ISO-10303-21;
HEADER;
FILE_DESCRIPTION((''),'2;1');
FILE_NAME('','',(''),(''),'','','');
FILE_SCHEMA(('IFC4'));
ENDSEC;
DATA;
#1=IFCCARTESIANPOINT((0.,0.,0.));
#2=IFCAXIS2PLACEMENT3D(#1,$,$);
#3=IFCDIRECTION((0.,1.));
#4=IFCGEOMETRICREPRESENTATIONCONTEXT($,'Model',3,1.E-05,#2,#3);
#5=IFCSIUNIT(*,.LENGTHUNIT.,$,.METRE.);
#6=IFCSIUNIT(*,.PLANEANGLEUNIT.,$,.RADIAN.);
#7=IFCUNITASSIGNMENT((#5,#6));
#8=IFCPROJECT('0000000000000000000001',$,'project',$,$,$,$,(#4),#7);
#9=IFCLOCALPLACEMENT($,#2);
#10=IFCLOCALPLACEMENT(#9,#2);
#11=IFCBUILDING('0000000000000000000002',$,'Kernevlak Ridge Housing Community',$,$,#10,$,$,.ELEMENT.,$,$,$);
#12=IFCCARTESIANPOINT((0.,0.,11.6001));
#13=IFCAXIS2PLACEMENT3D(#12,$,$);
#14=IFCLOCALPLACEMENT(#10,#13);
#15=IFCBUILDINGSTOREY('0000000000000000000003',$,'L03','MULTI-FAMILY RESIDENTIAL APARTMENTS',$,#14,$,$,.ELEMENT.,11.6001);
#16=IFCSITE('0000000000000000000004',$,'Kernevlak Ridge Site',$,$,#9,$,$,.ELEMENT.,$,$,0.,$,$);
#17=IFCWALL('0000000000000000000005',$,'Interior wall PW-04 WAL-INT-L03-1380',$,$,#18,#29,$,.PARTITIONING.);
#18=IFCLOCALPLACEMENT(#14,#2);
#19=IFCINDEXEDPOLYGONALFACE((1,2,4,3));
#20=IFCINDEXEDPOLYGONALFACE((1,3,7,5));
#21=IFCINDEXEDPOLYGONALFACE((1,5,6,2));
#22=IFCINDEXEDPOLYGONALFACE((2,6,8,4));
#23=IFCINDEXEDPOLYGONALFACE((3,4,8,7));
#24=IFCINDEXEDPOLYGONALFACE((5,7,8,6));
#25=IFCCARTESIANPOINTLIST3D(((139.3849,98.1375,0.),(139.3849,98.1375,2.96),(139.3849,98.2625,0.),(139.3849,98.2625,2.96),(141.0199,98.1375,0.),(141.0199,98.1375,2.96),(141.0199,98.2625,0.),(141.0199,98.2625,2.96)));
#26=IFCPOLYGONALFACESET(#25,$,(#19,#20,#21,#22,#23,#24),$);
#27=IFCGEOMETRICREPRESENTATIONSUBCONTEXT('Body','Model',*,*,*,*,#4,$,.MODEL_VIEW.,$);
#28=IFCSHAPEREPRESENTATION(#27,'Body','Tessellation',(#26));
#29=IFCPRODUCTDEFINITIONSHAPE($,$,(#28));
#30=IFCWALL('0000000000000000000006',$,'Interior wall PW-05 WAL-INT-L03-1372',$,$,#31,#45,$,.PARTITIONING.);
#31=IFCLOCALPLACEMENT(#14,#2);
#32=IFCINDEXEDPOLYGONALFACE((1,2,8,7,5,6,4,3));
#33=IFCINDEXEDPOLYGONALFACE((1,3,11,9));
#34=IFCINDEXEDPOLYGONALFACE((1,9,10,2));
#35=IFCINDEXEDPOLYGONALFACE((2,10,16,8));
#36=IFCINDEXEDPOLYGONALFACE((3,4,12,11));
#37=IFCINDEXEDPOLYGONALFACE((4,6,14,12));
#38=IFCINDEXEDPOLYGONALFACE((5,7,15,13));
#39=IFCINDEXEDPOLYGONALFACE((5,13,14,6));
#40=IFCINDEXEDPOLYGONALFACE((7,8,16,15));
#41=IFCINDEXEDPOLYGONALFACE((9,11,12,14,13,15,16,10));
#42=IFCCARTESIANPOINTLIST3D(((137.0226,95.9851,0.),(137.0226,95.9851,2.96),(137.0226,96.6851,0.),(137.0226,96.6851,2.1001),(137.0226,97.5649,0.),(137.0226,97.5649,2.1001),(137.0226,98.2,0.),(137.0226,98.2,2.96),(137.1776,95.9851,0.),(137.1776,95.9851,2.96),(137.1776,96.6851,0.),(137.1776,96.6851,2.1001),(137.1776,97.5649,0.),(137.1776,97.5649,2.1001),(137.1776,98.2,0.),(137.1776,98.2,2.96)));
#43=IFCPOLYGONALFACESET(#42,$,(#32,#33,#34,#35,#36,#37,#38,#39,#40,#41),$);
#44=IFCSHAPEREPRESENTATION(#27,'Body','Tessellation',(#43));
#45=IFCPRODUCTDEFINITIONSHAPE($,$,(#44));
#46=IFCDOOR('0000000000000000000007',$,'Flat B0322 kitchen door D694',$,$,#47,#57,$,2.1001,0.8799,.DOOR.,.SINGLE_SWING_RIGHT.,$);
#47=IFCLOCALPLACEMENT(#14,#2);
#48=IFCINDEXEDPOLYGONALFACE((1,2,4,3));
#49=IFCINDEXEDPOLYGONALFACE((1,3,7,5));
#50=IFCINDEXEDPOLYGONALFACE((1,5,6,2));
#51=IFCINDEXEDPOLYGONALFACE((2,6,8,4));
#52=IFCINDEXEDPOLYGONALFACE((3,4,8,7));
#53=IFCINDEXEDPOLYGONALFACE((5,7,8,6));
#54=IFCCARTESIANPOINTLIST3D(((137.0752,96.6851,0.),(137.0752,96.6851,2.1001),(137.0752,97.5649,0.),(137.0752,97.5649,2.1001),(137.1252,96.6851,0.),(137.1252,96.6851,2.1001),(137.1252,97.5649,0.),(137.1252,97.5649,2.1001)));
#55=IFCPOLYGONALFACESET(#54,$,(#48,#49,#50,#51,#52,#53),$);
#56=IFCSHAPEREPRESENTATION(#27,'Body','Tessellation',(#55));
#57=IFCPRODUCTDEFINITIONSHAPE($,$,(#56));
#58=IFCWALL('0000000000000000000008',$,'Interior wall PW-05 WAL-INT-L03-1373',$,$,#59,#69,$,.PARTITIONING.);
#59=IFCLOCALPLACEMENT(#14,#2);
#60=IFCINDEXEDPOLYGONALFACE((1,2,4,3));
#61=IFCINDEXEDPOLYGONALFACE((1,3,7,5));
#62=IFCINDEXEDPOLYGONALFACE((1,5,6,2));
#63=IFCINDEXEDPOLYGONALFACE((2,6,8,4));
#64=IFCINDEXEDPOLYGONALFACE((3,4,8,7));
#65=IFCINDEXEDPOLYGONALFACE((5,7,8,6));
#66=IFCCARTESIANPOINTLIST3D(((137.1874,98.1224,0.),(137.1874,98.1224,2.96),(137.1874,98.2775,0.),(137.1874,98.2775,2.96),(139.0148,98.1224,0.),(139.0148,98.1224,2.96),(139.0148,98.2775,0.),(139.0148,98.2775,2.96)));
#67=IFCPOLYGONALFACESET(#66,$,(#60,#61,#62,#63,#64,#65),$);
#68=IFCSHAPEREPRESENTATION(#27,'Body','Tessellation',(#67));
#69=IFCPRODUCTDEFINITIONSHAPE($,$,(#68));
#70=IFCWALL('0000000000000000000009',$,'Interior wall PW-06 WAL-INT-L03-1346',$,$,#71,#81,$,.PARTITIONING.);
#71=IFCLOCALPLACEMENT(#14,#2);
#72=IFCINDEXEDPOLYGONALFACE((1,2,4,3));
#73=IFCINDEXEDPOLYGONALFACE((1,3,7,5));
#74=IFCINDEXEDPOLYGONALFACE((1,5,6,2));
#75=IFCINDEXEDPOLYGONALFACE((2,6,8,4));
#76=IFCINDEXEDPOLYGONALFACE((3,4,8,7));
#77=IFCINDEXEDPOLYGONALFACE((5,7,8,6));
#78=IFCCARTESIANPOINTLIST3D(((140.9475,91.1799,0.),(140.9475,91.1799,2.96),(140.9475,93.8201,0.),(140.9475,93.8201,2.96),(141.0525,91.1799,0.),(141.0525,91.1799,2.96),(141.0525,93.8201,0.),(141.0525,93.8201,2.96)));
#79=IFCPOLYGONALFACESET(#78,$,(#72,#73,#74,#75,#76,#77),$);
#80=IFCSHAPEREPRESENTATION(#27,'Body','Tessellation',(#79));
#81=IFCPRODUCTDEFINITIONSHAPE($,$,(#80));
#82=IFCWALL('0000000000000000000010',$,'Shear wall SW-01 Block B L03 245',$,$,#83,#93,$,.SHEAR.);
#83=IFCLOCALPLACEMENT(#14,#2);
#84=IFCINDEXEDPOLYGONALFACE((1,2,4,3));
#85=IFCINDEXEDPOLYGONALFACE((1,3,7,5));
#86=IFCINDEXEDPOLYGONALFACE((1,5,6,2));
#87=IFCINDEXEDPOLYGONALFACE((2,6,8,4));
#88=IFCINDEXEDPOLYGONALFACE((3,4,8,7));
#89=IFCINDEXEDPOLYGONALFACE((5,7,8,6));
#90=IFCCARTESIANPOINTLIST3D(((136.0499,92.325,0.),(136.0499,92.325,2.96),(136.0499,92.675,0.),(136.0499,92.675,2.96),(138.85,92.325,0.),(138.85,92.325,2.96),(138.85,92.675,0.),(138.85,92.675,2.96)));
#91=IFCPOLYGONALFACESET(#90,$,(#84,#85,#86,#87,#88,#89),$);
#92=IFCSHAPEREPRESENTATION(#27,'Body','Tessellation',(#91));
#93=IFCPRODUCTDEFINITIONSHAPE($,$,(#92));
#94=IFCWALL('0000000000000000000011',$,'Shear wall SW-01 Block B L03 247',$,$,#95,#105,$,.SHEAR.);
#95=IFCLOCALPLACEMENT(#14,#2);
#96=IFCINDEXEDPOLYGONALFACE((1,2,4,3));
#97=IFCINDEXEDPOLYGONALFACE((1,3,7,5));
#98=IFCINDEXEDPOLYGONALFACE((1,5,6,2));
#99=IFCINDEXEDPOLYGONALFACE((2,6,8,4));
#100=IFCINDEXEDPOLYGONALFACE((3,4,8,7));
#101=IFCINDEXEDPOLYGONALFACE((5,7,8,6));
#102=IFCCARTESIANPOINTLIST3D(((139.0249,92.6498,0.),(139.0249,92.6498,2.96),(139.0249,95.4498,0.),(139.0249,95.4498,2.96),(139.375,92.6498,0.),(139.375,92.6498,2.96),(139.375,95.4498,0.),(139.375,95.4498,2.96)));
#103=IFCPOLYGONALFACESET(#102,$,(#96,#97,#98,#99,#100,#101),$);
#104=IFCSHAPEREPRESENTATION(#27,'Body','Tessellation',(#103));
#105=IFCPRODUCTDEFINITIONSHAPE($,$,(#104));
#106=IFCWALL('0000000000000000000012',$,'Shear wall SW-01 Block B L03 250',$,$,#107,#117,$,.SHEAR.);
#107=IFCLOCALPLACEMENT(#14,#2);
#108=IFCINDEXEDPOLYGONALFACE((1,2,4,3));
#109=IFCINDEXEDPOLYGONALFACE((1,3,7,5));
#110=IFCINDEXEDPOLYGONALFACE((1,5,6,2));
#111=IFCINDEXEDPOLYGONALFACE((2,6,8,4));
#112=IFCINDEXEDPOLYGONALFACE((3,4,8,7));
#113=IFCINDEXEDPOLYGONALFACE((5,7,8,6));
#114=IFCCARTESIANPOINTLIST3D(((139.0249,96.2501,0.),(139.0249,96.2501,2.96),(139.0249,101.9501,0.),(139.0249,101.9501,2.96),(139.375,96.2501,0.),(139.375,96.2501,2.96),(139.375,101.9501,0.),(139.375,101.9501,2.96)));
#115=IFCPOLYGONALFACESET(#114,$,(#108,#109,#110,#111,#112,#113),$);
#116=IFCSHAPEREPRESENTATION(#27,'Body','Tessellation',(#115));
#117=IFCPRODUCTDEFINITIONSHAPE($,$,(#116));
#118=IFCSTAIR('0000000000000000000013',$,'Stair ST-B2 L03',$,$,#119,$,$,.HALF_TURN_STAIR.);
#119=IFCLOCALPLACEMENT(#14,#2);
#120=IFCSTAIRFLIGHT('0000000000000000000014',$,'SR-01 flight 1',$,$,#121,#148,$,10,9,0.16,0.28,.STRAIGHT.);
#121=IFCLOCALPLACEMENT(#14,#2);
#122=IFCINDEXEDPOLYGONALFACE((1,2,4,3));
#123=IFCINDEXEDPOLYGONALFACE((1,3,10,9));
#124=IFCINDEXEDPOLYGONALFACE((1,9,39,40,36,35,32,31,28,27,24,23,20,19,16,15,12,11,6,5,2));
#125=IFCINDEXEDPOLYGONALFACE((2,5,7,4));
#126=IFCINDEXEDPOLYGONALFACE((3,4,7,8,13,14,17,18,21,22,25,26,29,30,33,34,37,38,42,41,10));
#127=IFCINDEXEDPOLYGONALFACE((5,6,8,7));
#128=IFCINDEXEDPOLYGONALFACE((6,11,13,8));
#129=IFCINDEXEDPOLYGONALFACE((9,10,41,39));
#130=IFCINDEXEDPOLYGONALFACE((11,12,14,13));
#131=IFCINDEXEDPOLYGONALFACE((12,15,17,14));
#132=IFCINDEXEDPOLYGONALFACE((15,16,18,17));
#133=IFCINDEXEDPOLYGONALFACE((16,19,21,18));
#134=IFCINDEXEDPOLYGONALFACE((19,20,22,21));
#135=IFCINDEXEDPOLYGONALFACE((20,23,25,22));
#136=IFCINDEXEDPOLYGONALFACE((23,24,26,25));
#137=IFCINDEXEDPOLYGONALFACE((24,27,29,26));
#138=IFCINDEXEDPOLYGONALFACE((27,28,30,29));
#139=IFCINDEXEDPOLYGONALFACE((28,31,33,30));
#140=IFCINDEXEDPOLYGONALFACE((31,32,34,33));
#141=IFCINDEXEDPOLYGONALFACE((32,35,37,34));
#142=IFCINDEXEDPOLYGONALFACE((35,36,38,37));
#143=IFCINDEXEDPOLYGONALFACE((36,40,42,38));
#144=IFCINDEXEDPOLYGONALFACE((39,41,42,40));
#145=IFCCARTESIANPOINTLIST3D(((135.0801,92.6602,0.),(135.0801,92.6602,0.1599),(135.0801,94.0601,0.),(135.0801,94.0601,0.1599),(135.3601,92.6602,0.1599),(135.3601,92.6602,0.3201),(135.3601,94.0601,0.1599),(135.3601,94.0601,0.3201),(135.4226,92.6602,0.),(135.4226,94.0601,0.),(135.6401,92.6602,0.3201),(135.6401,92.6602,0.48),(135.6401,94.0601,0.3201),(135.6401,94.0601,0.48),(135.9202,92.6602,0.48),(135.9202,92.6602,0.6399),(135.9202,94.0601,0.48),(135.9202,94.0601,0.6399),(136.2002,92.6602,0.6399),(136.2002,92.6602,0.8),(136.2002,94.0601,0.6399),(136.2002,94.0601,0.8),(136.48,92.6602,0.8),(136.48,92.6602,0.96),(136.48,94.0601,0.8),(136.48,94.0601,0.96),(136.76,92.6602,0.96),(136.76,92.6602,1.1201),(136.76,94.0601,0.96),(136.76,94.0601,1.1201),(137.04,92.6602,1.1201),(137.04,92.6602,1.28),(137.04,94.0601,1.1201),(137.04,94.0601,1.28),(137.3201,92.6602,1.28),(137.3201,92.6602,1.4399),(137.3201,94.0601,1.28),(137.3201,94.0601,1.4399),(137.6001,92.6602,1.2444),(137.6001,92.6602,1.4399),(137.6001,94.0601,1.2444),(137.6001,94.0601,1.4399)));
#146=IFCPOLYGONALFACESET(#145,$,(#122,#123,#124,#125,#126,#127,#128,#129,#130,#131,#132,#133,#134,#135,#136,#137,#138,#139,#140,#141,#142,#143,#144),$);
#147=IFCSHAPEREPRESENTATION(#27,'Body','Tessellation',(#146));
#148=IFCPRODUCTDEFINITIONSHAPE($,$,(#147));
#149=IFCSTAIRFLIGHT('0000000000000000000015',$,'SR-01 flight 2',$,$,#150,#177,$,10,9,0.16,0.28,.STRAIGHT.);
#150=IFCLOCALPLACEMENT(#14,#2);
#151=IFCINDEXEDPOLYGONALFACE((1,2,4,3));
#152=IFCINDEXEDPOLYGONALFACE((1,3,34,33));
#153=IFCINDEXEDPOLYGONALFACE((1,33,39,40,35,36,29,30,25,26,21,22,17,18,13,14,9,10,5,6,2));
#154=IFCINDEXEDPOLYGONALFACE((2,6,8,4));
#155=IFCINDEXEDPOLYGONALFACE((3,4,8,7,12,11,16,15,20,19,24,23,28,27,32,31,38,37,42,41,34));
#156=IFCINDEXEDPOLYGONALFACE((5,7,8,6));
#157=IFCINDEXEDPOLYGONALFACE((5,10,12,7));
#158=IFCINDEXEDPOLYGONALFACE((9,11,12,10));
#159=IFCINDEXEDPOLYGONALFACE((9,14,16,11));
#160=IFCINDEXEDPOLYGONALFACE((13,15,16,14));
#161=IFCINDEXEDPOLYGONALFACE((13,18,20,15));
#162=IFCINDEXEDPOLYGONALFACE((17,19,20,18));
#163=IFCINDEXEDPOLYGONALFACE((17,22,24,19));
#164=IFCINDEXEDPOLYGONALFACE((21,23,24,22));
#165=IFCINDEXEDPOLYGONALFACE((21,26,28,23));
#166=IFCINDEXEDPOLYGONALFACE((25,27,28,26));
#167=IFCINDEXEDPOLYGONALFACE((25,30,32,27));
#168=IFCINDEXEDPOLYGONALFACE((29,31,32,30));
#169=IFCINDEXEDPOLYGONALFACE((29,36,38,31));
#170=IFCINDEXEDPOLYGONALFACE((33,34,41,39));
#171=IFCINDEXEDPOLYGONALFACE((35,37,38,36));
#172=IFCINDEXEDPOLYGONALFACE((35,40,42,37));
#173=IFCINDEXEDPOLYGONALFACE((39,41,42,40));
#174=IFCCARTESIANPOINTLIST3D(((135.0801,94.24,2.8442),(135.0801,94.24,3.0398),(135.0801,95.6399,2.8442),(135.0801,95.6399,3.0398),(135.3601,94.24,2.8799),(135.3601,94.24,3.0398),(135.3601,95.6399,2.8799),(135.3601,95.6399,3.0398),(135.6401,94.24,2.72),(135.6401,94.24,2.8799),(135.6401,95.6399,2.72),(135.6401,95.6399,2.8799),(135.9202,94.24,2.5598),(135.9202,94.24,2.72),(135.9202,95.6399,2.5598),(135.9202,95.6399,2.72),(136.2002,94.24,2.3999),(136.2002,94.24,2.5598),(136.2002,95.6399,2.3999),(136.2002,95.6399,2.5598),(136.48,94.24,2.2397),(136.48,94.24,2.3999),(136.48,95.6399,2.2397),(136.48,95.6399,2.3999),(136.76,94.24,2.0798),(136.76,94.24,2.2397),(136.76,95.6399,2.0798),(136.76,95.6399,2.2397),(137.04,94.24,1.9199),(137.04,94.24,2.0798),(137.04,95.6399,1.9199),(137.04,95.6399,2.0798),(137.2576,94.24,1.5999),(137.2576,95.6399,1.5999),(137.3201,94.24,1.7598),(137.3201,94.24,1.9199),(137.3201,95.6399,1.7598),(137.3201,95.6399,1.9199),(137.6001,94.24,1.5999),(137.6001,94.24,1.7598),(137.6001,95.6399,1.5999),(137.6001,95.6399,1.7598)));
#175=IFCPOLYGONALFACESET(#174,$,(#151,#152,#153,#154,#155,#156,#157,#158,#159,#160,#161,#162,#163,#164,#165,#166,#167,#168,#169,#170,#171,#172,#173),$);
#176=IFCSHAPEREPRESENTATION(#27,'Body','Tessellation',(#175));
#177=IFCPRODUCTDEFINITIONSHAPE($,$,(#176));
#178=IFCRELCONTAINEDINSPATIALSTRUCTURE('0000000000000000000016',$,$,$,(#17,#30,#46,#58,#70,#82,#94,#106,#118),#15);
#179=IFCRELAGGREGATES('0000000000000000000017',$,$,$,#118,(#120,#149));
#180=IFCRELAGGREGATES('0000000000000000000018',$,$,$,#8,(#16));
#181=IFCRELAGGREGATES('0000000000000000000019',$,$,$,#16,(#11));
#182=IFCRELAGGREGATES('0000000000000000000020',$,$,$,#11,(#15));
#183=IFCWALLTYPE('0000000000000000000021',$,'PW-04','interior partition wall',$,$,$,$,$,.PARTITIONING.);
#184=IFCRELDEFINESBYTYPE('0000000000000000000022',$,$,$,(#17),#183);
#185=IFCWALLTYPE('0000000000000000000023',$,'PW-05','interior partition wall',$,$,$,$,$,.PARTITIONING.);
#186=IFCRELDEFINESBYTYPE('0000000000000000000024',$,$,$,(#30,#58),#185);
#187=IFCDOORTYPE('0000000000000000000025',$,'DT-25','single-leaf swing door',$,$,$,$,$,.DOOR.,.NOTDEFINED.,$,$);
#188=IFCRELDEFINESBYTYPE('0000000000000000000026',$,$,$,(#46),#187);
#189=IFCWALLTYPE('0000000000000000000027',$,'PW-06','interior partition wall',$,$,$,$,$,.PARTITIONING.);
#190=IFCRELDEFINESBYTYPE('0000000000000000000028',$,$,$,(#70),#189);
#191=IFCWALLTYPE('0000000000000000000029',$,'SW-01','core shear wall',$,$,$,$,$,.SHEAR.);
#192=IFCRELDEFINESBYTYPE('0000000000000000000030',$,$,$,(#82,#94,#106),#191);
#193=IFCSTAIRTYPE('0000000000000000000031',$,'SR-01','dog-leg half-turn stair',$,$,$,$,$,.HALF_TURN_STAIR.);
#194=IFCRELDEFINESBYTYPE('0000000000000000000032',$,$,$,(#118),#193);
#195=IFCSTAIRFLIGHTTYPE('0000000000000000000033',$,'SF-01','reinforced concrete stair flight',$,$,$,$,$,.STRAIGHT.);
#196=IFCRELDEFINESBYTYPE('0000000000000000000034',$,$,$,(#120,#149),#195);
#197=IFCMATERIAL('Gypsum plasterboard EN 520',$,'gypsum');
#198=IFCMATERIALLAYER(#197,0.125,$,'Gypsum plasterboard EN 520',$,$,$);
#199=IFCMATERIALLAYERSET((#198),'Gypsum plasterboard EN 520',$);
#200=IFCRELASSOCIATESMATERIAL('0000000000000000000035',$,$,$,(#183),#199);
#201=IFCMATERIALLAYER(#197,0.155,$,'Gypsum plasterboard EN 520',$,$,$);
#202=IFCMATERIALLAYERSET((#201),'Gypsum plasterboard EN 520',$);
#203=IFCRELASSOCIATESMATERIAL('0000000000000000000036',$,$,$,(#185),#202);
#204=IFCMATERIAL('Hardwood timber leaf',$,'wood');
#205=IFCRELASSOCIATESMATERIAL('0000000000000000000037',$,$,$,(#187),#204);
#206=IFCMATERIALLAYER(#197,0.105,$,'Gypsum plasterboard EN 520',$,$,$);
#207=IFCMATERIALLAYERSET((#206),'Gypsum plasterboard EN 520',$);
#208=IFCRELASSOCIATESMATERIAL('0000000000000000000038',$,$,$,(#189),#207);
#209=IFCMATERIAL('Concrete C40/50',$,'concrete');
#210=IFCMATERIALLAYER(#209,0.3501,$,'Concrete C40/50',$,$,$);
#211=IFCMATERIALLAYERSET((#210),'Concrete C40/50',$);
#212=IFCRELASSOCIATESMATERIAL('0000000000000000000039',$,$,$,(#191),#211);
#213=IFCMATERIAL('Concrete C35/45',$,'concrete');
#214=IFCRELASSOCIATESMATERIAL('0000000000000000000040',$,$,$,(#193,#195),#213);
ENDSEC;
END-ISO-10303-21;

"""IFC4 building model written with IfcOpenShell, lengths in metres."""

from ifc_helpers import new_model, si_unit, direction, frame, frame_2d, origin, place, context, subcontext, project, spatial, polyline, rectangle, outline, extrude, material, layer, layer_set, type_object, element, fill, aggregate, save


model = new_model("IFC4")

# Units and contexts
model_context = context("Model", 3, precision=1e-05, world=origin(), true_north=direction((0.0, 1.0)))
body_context = subcontext(model_context, "Body", "Model", "MODEL_VIEW")
ifc_project = project(units=[si_unit("LENGTHUNIT", "METRE"), si_unit("PLANEANGLEUNIT", "RADIAN")], contexts=[model_context])

# Site, building, storey
site_placement = place(None, origin())
site = spatial("IfcSite", under=ifc_project, at=site_placement, Name="Kernevlak Ridge Site", CompositionType="ELEMENT", RefElevation=0.0)
building_placement = place(site_placement, origin())
building = spatial("IfcBuilding", under=site, at=building_placement, Name="Kernevlak Ridge Housing Community", CompositionType="ELEMENT")
storey_placement = place(building_placement, frame((0.0, 0.0, 11.6001)))
storey = spatial("IfcBuildingStorey", under=building, at=storey_placement, Name="L03", Description="MULTI-FAMILY RESIDENTIAL APARTMENTS", CompositionType="ELEMENT", Elevation=11.6001)

# Shared definitions
ifc_material_1 = material(Name="Concrete C40/50", Category="concrete")

# Shared definitions
ifc_material_2 = material(Name="Concrete C35/45", Category="concrete")

# Shared definitions
ifc_material_3 = material(Name="Gypsum plasterboard EN 520", Category="gypsum")
ifc_layer_1 = layer(ifc_material_3, 0.125, Name="Gypsum plasterboard EN 520")
ifc_layer_set_1 = layer_set([ifc_layer_1], Name="Gypsum plasterboard EN 520")
wall_type_1 = type_object("IfcWallType", Name="PW-04", Description="interior partition wall", PredefinedType="PARTITIONING", material=ifc_layer_set_1)

# Wall
wall_1_placement = place(storey_placement, frame((139.385, 98.2, 0.0), z_axis=(0.0, 0.0, 1.0), x_axis=(1.0, 0.0, 0.0)))
element("IfcWall", 1, at=wall_1_placement, inside=storey, type_object=wall_type_1, Name="Interior wall PW-04 WAL-INT-L03-1380", PredefinedType="PARTITIONING", context=body_context, shape_type="SweptSolid", body=[
    extrude(rectangle(XDim=1.635, YDim=0.125, at=frame_2d((0.8174, 0.0))), origin(), (0.0, 0.0, 1.0), 2.96),
])

# Wall, opening, door
ifc_layer_2 = layer(ifc_material_3, 0.155, Name="Gypsum plasterboard EN 520")
ifc_layer_set_2 = layer_set([ifc_layer_2], Name="Gypsum plasterboard EN 520")
wall_type_2 = type_object("IfcWallType", Name="PW-05", Description="interior partition wall", PredefinedType="PARTITIONING", material=ifc_layer_set_2)
wall_2_placement = place(storey_placement, frame((137.1001, 95.9851, 0.0), z_axis=(0.0, 0.0, 1.0), x_axis=(0.0, 1.0, 0.0)))
wall_2 = element("IfcWall", 2, at=wall_2_placement, inside=storey, type_object=wall_type_2, Name="Interior wall PW-05 WAL-INT-L03-1372", PredefinedType="PARTITIONING", context=body_context, shape_type="SweptSolid", body=[
    extrude(rectangle(XDim=2.2148, YDim=0.155, at=frame_2d((1.1074, 0.0))), origin(), (0.0, 0.0, 1.0), 2.96),
])
opening_1_placement = place(wall_2_placement, frame((0.7, 0.0, 0.0)))
opening_1 = element("IfcOpeningElement", 3, at=opening_1_placement, cuts=wall_2, PredefinedType="OPENING", context=body_context, shape_type="SweptSolid", body=[
    extrude(rectangle(XDim=0.8799, YDim=2.1001, at=frame_2d((0.4399, 1.05))), frame((0.0, 0.0874, 0.0), z_axis=(0.0, -1.0, 0.0), x_axis=(1.0, 0.0, 0.0)), (0.0, 0.0, 1.0), 0.175),
])
ifc_material_4 = material(Name="Hardwood timber leaf", Category="wood")
door_type_1 = type_object("IfcDoorType", Name="DT-25", Description="single-leaf swing door", OperationType="NOTDEFINED", PredefinedType="DOOR", material=ifc_material_4)
door_1_placement = place(opening_1_placement, origin())
door_1 = element("IfcDoor", 4, at=door_1_placement, inside=storey, type_object=door_type_1, Name="Flat B0322 kitchen door D694", OperationType="SINGLE_SWING_RIGHT", OverallHeight=2.1001, OverallWidth=0.8799, PredefinedType="DOOR", context=body_context, shape_type="SweptSolid", body=[
    extrude(rectangle(XDim=0.8799, YDim=2.1001, at=frame_2d((0.4399, 1.05))), frame((0.0, 0.0249, 0.0), z_axis=(0.0, -1.0, 0.0), x_axis=(1.0, 0.0, 0.0)), (0.0, 0.0, 1.0), 0.05),
])
fill(opening_1, door_1)

# Walls
wall_3_placement = place(storey_placement, frame((137.1875, 98.2, 0.0), z_axis=(0.0, 0.0, 1.0), x_axis=(1.0, 0.0, 0.0)))
element("IfcWall", 5, at=wall_3_placement, inside=storey, type_object=wall_type_2, Name="Interior wall PW-05 WAL-INT-L03-1373", PredefinedType="PARTITIONING", context=body_context, shape_type="SweptSolid", body=[
    extrude(rectangle(XDim=1.8274, YDim=0.155, at=frame_2d((0.9136, 0.0))), origin(), (0.0, 0.0, 1.0), 2.96),
])
ifc_layer_3 = layer(ifc_material_3, 0.105, Name="Gypsum plasterboard EN 520")
ifc_layer_set_3 = layer_set([ifc_layer_3], Name="Gypsum plasterboard EN 520")
wall_type_3 = type_object("IfcWallType", Name="PW-06", Description="interior partition wall", PredefinedType="PARTITIONING", material=ifc_layer_set_3)
wall_4_placement = place(storey_placement, frame((141.0, 91.1799, 0.0), z_axis=(0.0, 0.0, 1.0), x_axis=(0.0, 1.0, 0.0)))
element("IfcWall", 6, at=wall_4_placement, inside=storey, type_object=wall_type_3, Name="Interior wall PW-06 WAL-INT-L03-1346", PredefinedType="PARTITIONING", context=body_context, shape_type="SweptSolid", body=[
    extrude(rectangle(XDim=2.6401, YDim=0.105, at=frame_2d((1.3201, 0.0))), origin(), (0.0, 0.0, 1.0), 2.96),
])
ifc_layer_4 = layer(ifc_material_1, 0.3501, Name="Concrete C40/50")
ifc_layer_set_4 = layer_set([ifc_layer_4], Name="Concrete C40/50")
wall_type_4 = type_object("IfcWallType", Name="SW-01", Description="core shear wall", PredefinedType="SHEAR", material=ifc_layer_set_4)
for number, where, z_axis, x_axis, name in (
    (7, (136.05, 92.5, 0.0), (0.0, 0.0, 1.0), (1.0, 0.0, 0.0), "Shear wall SW-01 Block B L03 245"),
    (8, (139.2, 92.6499, 0.0), (0.0, 0.0, 1.0), (0.0, 1.0, 0.0), "Shear wall SW-01 Block B L03 247"),
):
    element("IfcWall", number, at=place(storey_placement, frame(where, z_axis=z_axis, x_axis=x_axis)), inside=storey, type_object=wall_type_4, Name=name, PredefinedType="SHEAR", context=body_context, shape_type="SweptSolid", body=[
        extrude(rectangle(XDim=2.8, YDim=0.3501, at=frame_2d((1.3999, 0.0))), origin(), (0.0, 0.0, 1.0), 2.96),
    ])
wall_5_placement = place(storey_placement, frame((139.2, 96.25, 0.0), z_axis=(0.0, 0.0, 1.0), x_axis=(0.0, 1.0, 0.0)))
element("IfcWall", 9, at=wall_5_placement, inside=storey, type_object=wall_type_4, Name="Shear wall SW-01 Block B L03 250", PredefinedType="SHEAR", context=body_context, shape_type="SweptSolid", body=[
    extrude(rectangle(XDim=5.7, YDim=0.3501, at=frame_2d((2.8501, 0.0))), origin(), (0.0, 0.0, 1.0), 2.96),
])

# Stair, stair flights
stair_type = type_object("IfcStairType", Name="SR-01", Description="dog-leg half-turn stair", PredefinedType="HALF_TURN_STAIR", material=ifc_material_2)
stair_placement = place(storey_placement, origin())
stair = element("IfcStair", 10, at=stair_placement, inside=storey, type_object=stair_type, Name="Stair ST-B2 L03", PredefinedType="HALF_TURN_STAIR")
stair_flight_type = type_object("IfcStairFlightType", Name="SF-01", Description="reinforced concrete stair flight", PredefinedType="STRAIGHT", material=ifc_material_2)
stair_flight_1_placement = place(storey_placement, frame((135.0801, 93.3601, 0.0), z_axis=(0.0, 0.0, 1.0), x_axis=(1.0, 0.0, 0.0)))
stair_flight_1 = element("IfcStairFlight", 11, at=stair_flight_1_placement, type_object=stair_flight_type, Name="SR-01 flight 1", NumberOfRisers=10, NumberOfTreads=9, PredefinedType="STRAIGHT", RiserHeight=0.16, TreadLength=0.28, context=body_context, shape_type="SweptSolid", body=[
    extrude(outline(polyline([(0.0, 0.0), (0.0, 0.1599), (0.28, 0.1599), (0.28, 0.3201), (0.5601, 0.3201), (0.5601, 0.48), (0.8401, 0.48), (0.8401, 0.6399), (1.1201, 0.6399), (1.1201, 0.8), (1.3999, 0.8), (1.3999, 0.96), (1.6799, 0.96), (1.6799, 1.1201), (1.96, 1.1201), (1.96, 1.28), (2.24, 1.28), (2.24, 1.4399), (2.52, 1.4399), (2.52, 1.6001), (2.52, 1.2444), (0.3425, 0.0), (0.0, 0.0)])), frame((0.0, 0.7, 0.0), z_axis=(0.0, -1.0, 0.0), x_axis=(1.0, 0.0, 0.0)), (0.0, 0.0, 1.0), 1.3999),
])
stair_flight_2_placement = place(storey_placement, frame((137.6001, 94.9399, 1.5999), z_axis=(0.0, 0.0, 1.0), x_axis=(-1.0, 0.0, 0.0)))
stair_flight_2 = element("IfcStairFlight", 12, at=stair_flight_2_placement, type_object=stair_flight_type, Name="SR-01 flight 2", NumberOfRisers=10, NumberOfTreads=9, PredefinedType="STRAIGHT", RiserHeight=0.16, TreadLength=0.28, context=body_context, shape_type="SweptSolid", body=[
    extrude(outline(polyline([(0.0, 0.0), (0.0, 0.1599), (0.28, 0.1599), (0.28, 0.3201), (0.5601, 0.3201), (0.5601, 0.48), (0.8401, 0.48), (0.8401, 0.6399), (1.1201, 0.6399), (1.1201, 0.8), (1.3999, 0.8), (1.3999, 0.96), (1.6799, 0.96), (1.6799, 1.1201), (1.96, 1.1201), (1.96, 1.28), (2.24, 1.28), (2.24, 1.4399), (2.52, 1.4399), (2.52, 1.6001), (2.52, 1.2444), (0.3425, 0.0), (0.0, 0.0)])), frame((0.0, 0.7, 0.0), z_axis=(0.0, -1.0, 0.0), x_axis=(1.0, 0.0, 0.0)), (0.0, 0.0, 1.0), 1.3999),
])
aggregate(stair, [stair_flight_1, stair_flight_2])

save(model, "model.ifc")
